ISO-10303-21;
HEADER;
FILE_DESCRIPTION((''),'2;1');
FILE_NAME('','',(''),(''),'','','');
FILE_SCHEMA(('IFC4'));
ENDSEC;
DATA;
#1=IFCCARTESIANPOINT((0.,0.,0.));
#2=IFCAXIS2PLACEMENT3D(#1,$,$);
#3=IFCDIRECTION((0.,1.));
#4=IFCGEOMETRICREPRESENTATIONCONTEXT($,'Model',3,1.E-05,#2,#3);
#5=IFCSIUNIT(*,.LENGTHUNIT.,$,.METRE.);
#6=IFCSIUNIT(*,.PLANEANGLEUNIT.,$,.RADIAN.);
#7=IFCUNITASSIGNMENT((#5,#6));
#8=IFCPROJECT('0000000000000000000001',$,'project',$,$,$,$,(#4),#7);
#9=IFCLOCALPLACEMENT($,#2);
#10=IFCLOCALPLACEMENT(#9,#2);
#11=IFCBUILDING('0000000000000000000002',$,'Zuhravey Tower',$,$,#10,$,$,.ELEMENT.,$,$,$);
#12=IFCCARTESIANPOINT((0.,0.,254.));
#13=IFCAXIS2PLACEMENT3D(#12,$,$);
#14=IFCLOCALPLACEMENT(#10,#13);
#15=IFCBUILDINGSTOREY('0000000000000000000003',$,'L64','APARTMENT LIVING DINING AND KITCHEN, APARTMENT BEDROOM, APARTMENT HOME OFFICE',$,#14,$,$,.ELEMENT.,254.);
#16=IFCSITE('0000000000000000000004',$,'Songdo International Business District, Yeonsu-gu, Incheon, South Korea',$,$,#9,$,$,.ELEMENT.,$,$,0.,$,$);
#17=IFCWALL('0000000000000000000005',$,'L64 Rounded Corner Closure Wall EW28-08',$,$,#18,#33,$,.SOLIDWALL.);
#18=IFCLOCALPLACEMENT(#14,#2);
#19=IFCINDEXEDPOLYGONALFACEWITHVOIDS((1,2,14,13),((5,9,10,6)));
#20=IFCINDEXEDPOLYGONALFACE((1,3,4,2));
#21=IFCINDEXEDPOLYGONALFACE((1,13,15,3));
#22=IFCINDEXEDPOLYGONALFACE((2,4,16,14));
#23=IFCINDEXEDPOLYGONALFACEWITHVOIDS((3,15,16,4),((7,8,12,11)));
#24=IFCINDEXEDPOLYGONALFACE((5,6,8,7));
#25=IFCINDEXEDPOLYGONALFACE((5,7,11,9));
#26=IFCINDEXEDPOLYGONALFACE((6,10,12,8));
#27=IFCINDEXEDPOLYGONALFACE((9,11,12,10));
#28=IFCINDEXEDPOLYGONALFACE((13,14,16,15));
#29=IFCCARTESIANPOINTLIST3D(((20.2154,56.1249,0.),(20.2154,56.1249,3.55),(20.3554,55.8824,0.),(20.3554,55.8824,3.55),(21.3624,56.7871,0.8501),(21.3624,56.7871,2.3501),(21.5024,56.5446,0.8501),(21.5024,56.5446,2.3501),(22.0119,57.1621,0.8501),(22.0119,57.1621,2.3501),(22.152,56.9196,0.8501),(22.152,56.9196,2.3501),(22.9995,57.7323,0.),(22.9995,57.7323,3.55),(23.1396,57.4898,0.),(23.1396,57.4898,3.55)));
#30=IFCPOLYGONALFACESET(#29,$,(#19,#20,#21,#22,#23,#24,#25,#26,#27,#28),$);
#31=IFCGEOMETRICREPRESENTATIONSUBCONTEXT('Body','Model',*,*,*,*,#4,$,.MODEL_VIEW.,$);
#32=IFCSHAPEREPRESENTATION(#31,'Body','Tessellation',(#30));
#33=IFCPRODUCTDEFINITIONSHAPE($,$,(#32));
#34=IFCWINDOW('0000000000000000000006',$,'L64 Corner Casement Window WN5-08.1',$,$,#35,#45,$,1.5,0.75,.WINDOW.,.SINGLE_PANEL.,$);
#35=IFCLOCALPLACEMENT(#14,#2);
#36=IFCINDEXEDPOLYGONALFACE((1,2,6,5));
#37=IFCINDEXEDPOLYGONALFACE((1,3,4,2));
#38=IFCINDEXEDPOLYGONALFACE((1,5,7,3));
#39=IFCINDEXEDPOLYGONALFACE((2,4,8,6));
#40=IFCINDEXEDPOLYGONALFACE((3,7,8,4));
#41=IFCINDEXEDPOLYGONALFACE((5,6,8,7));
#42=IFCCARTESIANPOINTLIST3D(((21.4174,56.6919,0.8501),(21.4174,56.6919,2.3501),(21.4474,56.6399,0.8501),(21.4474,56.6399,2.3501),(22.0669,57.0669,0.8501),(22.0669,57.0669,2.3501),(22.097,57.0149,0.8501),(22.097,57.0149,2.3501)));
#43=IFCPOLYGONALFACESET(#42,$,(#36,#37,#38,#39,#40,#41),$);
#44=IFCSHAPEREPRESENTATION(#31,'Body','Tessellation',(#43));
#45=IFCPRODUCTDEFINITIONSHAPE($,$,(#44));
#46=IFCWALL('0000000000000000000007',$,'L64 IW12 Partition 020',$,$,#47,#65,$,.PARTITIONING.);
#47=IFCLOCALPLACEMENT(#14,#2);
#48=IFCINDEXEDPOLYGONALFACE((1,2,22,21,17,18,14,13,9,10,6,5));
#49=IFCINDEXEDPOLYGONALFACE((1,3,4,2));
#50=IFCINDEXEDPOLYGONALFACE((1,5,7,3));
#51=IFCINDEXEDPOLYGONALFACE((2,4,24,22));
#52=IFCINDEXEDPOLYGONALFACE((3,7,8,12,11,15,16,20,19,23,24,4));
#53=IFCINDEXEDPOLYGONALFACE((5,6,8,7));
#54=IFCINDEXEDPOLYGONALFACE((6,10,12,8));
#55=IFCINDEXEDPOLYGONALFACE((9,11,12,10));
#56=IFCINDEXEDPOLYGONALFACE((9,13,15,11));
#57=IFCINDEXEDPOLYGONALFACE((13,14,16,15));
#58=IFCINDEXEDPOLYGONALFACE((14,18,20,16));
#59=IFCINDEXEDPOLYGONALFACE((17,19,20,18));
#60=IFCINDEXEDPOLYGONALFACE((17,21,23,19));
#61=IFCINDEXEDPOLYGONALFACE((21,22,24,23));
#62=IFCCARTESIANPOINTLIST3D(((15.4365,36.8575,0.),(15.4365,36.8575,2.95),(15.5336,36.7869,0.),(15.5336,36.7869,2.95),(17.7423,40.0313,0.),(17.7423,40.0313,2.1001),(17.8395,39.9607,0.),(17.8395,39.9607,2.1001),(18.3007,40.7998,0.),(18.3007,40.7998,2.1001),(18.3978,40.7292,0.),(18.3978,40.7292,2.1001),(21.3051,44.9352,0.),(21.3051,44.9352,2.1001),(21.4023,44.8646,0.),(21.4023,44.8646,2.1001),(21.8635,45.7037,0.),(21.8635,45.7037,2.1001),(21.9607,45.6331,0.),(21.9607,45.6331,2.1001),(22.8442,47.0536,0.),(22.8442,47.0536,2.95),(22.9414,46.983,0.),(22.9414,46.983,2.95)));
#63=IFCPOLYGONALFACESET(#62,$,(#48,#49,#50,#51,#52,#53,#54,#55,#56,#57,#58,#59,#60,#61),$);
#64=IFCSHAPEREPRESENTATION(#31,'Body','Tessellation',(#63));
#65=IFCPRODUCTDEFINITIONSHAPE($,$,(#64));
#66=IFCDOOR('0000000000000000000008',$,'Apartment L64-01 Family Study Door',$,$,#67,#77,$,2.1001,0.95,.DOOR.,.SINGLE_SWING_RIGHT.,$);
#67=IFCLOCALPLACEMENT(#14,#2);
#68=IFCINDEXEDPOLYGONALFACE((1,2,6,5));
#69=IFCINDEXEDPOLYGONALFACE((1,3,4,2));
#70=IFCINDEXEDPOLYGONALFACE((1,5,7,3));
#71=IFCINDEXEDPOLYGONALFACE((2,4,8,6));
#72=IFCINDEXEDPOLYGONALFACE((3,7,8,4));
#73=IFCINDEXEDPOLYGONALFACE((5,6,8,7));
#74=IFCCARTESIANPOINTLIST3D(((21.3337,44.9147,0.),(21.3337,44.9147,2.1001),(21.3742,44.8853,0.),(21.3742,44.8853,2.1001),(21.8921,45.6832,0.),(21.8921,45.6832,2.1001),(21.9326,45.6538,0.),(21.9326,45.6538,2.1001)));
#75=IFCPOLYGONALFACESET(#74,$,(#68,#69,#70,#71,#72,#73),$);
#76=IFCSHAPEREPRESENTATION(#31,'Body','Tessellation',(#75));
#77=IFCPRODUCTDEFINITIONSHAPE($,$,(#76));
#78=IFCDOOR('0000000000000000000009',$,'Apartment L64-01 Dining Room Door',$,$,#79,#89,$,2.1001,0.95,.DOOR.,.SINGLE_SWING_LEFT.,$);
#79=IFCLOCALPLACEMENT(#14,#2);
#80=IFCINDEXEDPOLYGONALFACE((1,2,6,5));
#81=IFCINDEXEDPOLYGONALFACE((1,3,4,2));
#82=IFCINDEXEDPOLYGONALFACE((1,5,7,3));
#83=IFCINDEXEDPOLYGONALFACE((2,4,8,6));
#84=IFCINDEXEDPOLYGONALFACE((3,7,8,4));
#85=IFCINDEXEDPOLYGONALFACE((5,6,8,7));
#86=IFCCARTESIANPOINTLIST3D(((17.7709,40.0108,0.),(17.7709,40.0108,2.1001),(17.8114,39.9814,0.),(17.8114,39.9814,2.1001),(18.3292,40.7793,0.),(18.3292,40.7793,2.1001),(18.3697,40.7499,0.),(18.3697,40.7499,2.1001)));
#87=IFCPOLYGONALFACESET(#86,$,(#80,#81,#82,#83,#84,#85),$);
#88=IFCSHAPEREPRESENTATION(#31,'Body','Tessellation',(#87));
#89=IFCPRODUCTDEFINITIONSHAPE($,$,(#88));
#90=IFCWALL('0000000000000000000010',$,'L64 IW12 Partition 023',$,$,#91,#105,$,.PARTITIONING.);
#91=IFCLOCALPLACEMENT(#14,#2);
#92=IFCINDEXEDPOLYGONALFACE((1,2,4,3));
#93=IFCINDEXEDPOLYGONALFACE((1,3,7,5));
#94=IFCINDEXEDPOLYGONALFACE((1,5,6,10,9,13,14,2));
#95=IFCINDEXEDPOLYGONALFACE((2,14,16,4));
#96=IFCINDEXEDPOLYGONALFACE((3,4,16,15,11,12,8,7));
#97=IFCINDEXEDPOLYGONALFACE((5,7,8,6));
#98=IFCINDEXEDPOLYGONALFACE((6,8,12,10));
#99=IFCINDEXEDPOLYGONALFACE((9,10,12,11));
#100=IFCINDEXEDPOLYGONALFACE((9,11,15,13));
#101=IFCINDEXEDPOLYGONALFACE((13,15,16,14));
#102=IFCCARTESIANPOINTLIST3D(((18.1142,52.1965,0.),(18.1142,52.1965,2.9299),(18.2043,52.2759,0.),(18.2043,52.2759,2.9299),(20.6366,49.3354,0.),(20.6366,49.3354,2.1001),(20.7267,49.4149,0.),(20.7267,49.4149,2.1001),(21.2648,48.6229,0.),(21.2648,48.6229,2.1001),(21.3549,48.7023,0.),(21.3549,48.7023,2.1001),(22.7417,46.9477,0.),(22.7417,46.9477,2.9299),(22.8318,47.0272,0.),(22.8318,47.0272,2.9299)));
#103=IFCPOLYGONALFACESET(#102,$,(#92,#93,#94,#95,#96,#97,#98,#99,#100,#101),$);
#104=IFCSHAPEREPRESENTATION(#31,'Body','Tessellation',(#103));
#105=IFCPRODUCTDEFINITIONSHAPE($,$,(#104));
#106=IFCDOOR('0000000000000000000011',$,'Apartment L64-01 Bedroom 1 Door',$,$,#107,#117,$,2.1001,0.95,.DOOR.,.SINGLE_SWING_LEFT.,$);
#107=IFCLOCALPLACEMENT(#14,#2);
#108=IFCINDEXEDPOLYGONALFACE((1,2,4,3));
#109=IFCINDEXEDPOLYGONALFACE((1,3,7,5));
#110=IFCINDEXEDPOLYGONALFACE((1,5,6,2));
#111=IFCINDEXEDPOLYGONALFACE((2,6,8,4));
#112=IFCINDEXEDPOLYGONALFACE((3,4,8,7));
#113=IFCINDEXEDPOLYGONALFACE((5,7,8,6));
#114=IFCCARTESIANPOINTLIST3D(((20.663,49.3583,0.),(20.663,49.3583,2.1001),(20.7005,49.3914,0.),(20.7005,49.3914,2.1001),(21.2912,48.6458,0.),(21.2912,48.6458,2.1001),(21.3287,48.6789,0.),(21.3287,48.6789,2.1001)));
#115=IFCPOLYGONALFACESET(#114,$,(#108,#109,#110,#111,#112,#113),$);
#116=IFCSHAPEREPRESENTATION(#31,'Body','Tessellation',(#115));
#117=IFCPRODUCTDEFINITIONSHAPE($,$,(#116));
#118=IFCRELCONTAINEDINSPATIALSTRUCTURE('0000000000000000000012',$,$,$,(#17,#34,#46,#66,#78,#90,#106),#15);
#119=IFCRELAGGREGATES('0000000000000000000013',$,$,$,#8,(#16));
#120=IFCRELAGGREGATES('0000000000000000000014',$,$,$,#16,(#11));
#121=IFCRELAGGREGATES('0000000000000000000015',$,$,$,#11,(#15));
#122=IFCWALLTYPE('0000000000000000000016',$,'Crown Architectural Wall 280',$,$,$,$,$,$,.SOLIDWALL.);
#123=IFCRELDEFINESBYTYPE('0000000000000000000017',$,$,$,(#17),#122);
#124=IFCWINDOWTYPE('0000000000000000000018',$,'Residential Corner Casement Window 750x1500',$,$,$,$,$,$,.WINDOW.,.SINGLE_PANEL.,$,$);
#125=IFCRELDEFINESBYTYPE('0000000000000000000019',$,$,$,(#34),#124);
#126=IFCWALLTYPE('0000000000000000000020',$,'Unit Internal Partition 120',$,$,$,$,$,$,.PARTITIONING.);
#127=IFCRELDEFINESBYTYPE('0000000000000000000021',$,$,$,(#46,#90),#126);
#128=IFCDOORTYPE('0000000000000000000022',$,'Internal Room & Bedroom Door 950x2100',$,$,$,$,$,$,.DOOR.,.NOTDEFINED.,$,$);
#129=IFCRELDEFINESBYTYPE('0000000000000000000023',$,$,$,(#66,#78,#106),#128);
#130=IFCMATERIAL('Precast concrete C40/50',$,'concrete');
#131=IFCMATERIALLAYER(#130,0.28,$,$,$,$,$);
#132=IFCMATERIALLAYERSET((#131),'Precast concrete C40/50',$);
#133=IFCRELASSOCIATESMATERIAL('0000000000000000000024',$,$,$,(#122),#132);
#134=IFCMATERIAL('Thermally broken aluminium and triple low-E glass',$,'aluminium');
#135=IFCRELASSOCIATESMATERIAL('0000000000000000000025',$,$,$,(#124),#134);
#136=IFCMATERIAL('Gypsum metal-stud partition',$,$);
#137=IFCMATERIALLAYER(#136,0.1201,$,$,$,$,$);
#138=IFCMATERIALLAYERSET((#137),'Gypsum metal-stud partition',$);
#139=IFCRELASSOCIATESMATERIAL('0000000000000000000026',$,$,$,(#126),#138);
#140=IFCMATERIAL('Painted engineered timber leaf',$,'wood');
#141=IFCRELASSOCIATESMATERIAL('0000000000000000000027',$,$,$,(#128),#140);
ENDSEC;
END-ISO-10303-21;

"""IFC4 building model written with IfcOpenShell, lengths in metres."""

from ifc_helpers import new_model, si_unit, direction, frame, frame_2d, origin, place, context, subcontext, project, spatial, rectangle, extrude, material, layer, layer_set, type_object, element, fill, save


model = new_model("IFC4")

# Units and contexts
model_context = context("Model", 3, precision=1e-05, world=origin(), true_north=direction((0.0, 1.0)))
body_context = subcontext(model_context, "Body", "Model", "MODEL_VIEW")
ifc_project = project(units=[si_unit("LENGTHUNIT", "METRE"), si_unit("PLANEANGLEUNIT", "RADIAN")], contexts=[model_context])

# Site, building, storey
site_placement = place(None, origin())
site = spatial("IfcSite", under=ifc_project, at=site_placement, Name="Songdo International Business District, Yeonsu-gu, Incheon, South Korea", CompositionType="ELEMENT", RefElevation=0.0)
building_placement = place(site_placement, origin())
building = spatial("IfcBuilding", under=site, at=building_placement, Name="Zuhravey Tower", CompositionType="ELEMENT")
storey_placement = place(building_placement, frame((0.0, 0.0, 254.0)))
storey = spatial("IfcBuildingStorey", under=building, at=storey_placement, Name="L64", Description="APARTMENT LIVING DINING AND KITCHEN, APARTMENT BEDROOM, APARTMENT HOME OFFICE", CompositionType="ELEMENT", Elevation=254.0)

# Wall, opening, window
ifc_material_1 = material(Name="Precast concrete C40/50", Category="concrete")
ifc_layer_1 = layer(ifc_material_1, 0.28)
ifc_layer_set_1 = layer_set([ifc_layer_1], Name="Precast concrete C40/50")
wall_type_1 = type_object("IfcWallType", Name="Crown Architectural Wall 280", PredefinedType="SOLIDWALL", material=ifc_layer_set_1)
wall_1_placement = place(storey_placement, frame((20.2854, 56.0037, 0.0), z_axis=(0.0, 0.0, 1.0), x_axis=(0.866029, 0.499994, 0.0)))
wall_1 = element("IfcWall", 1, at=wall_1_placement, inside=storey, type_object=wall_type_1, Name="L64 Rounded Corner Closure Wall EW28-08", PredefinedType="SOLIDWALL", context=body_context, shape_type="SweptSolid", body=[
    extrude(rectangle(XDim=3.2148, YDim=0.28, at=frame_2d((1.6074, 0.0))), origin(), (0.0, 0.0, 1.0), 3.55),
])
opening_1_placement = place(wall_1_placement, frame((1.3245, 0.0, 0.8501)))
opening_1 = element("IfcOpeningElement", 2, at=opening_1_placement, cuts=wall_1, PredefinedType="OPENING", context=body_context, shape_type="SweptSolid", body=[
    extrude(rectangle(XDim=0.75, YDim=1.5, at=frame_2d((0.375, 0.75))), frame((0.0, 0.1521, 0.0), z_axis=(0.0, -1.0, 0.0), x_axis=(1.0, 0.0, 0.0)), (0.0, 0.0, 1.0), 0.304),
])
ifc_material_2 = material(Name="Thermally broken aluminium and triple low-E glass", Category="aluminium")
window_type = type_object("IfcWindowType", Name="Residential Corner Casement Window 750x1500", PartitioningType="SINGLE_PANEL", PredefinedType="WINDOW", material=ifc_material_2)
window_placement = place(opening_1_placement, origin())
window = element("IfcWindow", 3, at=window_placement, inside=storey, type_object=window_type, Name="L64 Corner Casement Window WN5-08.1", OverallHeight=1.5, OverallWidth=0.75, PartitioningType="SINGLE_PANEL", PredefinedType="WINDOW", context=body_context, shape_type="SweptSolid", body=[
    extrude(rectangle(XDim=0.75, YDim=1.5, at=frame_2d((0.375, 0.75))), frame((0.0, 0.03, 0.0), z_axis=(0.0, -1.0, 0.0), x_axis=(1.0, 0.0, 0.0)), (0.0, 0.0, 1.0), 0.0601),
])
fill(opening_1, window)

# Wall, openings, doors
ifc_material_3 = material(Name="Gypsum metal-stud partition")
ifc_layer_2 = layer(ifc_material_3, 0.1201)
ifc_layer_set_2 = layer_set([ifc_layer_2], Name="Gypsum metal-stud partition")
wall_type_2 = type_object("IfcWallType", Name="Unit Internal Partition 120", PredefinedType="PARTITIONING", material=ifc_layer_set_2)
wall_2_placement = place(storey_placement, frame((22.8928, 47.0183, 0.0), z_axis=(0.0, 0.0, 1.0), x_axis=(-0.587778, -0.809022, 0.0)))
wall_2 = element("IfcWall", 4, at=wall_2_placement, inside=storey, type_object=wall_type_2, Name="L64 IW12 Partition 020", PredefinedType="PARTITIONING", context=body_context, shape_type="SweptSolid", body=[
    extrude(rectangle(XDim=12.603, YDim=0.1201, at=frame_2d((6.3015, 0.0))), origin(), (0.0, 0.0, 1.0), 2.95),
])
opening_2_placement = place(wall_2_placement, frame((1.6685, 0.0, 0.0)))
opening_2 = element("IfcOpeningElement", 5, at=opening_2_placement, cuts=wall_2, PredefinedType="OPENING", context=body_context, shape_type="SweptSolid", body=[
    extrude(rectangle(XDim=0.95, YDim=2.1001, at=frame_2d((0.4751, 1.05))), frame((0.0, 0.072, 0.0), z_axis=(0.0, -1.0, 0.0), x_axis=(1.0, 0.0, 0.0)), (0.0, 0.0, 1.0), 0.144),
])
opening_3_placement = place(wall_2_placement, frame((7.73, 0.0, 0.0)))
opening_3 = element("IfcOpeningElement", 6, at=opening_3_placement, cuts=wall_2, PredefinedType="OPENING", context=body_context, shape_type="SweptSolid", body=[
    extrude(rectangle(XDim=0.95, YDim=2.1001, at=frame_2d((0.4751, 1.05))), frame((0.0, 0.072, 0.0), z_axis=(0.0, -1.0, 0.0), x_axis=(1.0, 0.0, 0.0)), (0.0, 0.0, 1.0), 0.144),
])
ifc_material_4 = material(Name="Painted engineered timber leaf", Category="wood")
door_type = type_object("IfcDoorType", Name="Internal Room & Bedroom Door 950x2100", OperationType="NOTDEFINED", PredefinedType="DOOR", material=ifc_material_4)
door_1_placement = place(opening_2_placement, frame((0.95, 0.0, 0.0), z_axis=(0.0, 0.0, 1.0), x_axis=(-1.0, 0.0, 0.0)))
door_1 = element("IfcDoor", 7, at=door_1_placement, inside=storey, type_object=door_type, Name="Apartment L64-01 Family Study Door", OperationType="SINGLE_SWING_RIGHT", OverallHeight=2.1001, OverallWidth=0.95, PredefinedType="DOOR", context=body_context, shape_type="SweptSolid", body=[
    extrude(rectangle(XDim=0.95, YDim=2.1001, at=frame_2d((0.4751, 1.05))), frame((0.0, 0.0249, 0.0), z_axis=(0.0, -1.0, 0.0), x_axis=(1.0, 0.0, 0.0)), (0.0, 0.0, 1.0), 0.05),
])
fill(opening_2, door_1)
door_2_placement = place(opening_3_placement, frame((0.95, 0.0, 0.0), z_axis=(0.0, 0.0, 1.0), x_axis=(-1.0, 0.0, 0.0)))
door_2 = element("IfcDoor", 8, at=door_2_placement, inside=storey, type_object=door_type, Name="Apartment L64-01 Dining Room Door", OperationType="SINGLE_SWING_LEFT", OverallHeight=2.1001, OverallWidth=0.95, PredefinedType="DOOR", context=body_context, shape_type="SweptSolid", body=[
    extrude(rectangle(XDim=0.95, YDim=2.1001, at=frame_2d((0.4751, 1.05))), frame((0.0, 0.0249, 0.0), z_axis=(0.0, -1.0, 0.0), x_axis=(1.0, 0.0, 0.0)), (0.0, 0.0, 1.0), 0.05),
])
fill(opening_3, door_2)

# Wall, opening, door
wall_3_placement = place(storey_placement, frame((22.7866, 46.9875, 0.0), z_axis=(0.0, 0.0, 1.0), x_axis=(-0.661313, 0.75011, 0.0)))
wall_3 = element("IfcWall", 9, at=wall_3_placement, inside=storey, type_object=wall_type_2, Name="L64 IW12 Partition 023", PredefinedType="PARTITIONING", context=body_context, shape_type="SweptSolid", body=[
    extrude(rectangle(XDim=6.9973, YDim=0.1201, at=frame_2d((3.4985, 0.0))), origin(), (0.0, 0.0, 1.0), 2.9299),
])
opening_4_placement = place(wall_3_placement, frame((2.2329, 0.0, 0.0)))
opening_4 = element("IfcOpeningElement", 10, at=opening_4_placement, cuts=wall_3, PredefinedType="OPENING", context=body_context, shape_type="SweptSolid", body=[
    extrude(rectangle(XDim=0.95, YDim=2.1001, at=frame_2d((0.4751, 1.05))), frame((0.0, 0.072, 0.0), z_axis=(0.0, -1.0, 0.0), x_axis=(1.0, 0.0, 0.0)), (0.0, 0.0, 1.0), 0.144),
])
door_3_placement = place(opening_4_placement, frame((0.95, 0.0, 0.0), z_axis=(0.0, 0.0, 1.0), x_axis=(-1.0, 0.0, 0.0)))
door_3 = element("IfcDoor", 11, at=door_3_placement, inside=storey, type_object=door_type, Name="Apartment L64-01 Bedroom 1 Door", OperationType="SINGLE_SWING_LEFT", OverallHeight=2.1001, OverallWidth=0.95, PredefinedType="DOOR", context=body_context, shape_type="SweptSolid", body=[
    extrude(rectangle(XDim=0.95, YDim=2.1001, at=frame_2d((0.4751, 1.05))), frame((0.0, 0.0249, 0.0), z_axis=(0.0, -1.0, 0.0), x_axis=(1.0, 0.0, 0.0)), (0.0, 0.0, 1.0), 0.05),
])
fill(opening_4, door_3)

save(model, "model.ifc")
